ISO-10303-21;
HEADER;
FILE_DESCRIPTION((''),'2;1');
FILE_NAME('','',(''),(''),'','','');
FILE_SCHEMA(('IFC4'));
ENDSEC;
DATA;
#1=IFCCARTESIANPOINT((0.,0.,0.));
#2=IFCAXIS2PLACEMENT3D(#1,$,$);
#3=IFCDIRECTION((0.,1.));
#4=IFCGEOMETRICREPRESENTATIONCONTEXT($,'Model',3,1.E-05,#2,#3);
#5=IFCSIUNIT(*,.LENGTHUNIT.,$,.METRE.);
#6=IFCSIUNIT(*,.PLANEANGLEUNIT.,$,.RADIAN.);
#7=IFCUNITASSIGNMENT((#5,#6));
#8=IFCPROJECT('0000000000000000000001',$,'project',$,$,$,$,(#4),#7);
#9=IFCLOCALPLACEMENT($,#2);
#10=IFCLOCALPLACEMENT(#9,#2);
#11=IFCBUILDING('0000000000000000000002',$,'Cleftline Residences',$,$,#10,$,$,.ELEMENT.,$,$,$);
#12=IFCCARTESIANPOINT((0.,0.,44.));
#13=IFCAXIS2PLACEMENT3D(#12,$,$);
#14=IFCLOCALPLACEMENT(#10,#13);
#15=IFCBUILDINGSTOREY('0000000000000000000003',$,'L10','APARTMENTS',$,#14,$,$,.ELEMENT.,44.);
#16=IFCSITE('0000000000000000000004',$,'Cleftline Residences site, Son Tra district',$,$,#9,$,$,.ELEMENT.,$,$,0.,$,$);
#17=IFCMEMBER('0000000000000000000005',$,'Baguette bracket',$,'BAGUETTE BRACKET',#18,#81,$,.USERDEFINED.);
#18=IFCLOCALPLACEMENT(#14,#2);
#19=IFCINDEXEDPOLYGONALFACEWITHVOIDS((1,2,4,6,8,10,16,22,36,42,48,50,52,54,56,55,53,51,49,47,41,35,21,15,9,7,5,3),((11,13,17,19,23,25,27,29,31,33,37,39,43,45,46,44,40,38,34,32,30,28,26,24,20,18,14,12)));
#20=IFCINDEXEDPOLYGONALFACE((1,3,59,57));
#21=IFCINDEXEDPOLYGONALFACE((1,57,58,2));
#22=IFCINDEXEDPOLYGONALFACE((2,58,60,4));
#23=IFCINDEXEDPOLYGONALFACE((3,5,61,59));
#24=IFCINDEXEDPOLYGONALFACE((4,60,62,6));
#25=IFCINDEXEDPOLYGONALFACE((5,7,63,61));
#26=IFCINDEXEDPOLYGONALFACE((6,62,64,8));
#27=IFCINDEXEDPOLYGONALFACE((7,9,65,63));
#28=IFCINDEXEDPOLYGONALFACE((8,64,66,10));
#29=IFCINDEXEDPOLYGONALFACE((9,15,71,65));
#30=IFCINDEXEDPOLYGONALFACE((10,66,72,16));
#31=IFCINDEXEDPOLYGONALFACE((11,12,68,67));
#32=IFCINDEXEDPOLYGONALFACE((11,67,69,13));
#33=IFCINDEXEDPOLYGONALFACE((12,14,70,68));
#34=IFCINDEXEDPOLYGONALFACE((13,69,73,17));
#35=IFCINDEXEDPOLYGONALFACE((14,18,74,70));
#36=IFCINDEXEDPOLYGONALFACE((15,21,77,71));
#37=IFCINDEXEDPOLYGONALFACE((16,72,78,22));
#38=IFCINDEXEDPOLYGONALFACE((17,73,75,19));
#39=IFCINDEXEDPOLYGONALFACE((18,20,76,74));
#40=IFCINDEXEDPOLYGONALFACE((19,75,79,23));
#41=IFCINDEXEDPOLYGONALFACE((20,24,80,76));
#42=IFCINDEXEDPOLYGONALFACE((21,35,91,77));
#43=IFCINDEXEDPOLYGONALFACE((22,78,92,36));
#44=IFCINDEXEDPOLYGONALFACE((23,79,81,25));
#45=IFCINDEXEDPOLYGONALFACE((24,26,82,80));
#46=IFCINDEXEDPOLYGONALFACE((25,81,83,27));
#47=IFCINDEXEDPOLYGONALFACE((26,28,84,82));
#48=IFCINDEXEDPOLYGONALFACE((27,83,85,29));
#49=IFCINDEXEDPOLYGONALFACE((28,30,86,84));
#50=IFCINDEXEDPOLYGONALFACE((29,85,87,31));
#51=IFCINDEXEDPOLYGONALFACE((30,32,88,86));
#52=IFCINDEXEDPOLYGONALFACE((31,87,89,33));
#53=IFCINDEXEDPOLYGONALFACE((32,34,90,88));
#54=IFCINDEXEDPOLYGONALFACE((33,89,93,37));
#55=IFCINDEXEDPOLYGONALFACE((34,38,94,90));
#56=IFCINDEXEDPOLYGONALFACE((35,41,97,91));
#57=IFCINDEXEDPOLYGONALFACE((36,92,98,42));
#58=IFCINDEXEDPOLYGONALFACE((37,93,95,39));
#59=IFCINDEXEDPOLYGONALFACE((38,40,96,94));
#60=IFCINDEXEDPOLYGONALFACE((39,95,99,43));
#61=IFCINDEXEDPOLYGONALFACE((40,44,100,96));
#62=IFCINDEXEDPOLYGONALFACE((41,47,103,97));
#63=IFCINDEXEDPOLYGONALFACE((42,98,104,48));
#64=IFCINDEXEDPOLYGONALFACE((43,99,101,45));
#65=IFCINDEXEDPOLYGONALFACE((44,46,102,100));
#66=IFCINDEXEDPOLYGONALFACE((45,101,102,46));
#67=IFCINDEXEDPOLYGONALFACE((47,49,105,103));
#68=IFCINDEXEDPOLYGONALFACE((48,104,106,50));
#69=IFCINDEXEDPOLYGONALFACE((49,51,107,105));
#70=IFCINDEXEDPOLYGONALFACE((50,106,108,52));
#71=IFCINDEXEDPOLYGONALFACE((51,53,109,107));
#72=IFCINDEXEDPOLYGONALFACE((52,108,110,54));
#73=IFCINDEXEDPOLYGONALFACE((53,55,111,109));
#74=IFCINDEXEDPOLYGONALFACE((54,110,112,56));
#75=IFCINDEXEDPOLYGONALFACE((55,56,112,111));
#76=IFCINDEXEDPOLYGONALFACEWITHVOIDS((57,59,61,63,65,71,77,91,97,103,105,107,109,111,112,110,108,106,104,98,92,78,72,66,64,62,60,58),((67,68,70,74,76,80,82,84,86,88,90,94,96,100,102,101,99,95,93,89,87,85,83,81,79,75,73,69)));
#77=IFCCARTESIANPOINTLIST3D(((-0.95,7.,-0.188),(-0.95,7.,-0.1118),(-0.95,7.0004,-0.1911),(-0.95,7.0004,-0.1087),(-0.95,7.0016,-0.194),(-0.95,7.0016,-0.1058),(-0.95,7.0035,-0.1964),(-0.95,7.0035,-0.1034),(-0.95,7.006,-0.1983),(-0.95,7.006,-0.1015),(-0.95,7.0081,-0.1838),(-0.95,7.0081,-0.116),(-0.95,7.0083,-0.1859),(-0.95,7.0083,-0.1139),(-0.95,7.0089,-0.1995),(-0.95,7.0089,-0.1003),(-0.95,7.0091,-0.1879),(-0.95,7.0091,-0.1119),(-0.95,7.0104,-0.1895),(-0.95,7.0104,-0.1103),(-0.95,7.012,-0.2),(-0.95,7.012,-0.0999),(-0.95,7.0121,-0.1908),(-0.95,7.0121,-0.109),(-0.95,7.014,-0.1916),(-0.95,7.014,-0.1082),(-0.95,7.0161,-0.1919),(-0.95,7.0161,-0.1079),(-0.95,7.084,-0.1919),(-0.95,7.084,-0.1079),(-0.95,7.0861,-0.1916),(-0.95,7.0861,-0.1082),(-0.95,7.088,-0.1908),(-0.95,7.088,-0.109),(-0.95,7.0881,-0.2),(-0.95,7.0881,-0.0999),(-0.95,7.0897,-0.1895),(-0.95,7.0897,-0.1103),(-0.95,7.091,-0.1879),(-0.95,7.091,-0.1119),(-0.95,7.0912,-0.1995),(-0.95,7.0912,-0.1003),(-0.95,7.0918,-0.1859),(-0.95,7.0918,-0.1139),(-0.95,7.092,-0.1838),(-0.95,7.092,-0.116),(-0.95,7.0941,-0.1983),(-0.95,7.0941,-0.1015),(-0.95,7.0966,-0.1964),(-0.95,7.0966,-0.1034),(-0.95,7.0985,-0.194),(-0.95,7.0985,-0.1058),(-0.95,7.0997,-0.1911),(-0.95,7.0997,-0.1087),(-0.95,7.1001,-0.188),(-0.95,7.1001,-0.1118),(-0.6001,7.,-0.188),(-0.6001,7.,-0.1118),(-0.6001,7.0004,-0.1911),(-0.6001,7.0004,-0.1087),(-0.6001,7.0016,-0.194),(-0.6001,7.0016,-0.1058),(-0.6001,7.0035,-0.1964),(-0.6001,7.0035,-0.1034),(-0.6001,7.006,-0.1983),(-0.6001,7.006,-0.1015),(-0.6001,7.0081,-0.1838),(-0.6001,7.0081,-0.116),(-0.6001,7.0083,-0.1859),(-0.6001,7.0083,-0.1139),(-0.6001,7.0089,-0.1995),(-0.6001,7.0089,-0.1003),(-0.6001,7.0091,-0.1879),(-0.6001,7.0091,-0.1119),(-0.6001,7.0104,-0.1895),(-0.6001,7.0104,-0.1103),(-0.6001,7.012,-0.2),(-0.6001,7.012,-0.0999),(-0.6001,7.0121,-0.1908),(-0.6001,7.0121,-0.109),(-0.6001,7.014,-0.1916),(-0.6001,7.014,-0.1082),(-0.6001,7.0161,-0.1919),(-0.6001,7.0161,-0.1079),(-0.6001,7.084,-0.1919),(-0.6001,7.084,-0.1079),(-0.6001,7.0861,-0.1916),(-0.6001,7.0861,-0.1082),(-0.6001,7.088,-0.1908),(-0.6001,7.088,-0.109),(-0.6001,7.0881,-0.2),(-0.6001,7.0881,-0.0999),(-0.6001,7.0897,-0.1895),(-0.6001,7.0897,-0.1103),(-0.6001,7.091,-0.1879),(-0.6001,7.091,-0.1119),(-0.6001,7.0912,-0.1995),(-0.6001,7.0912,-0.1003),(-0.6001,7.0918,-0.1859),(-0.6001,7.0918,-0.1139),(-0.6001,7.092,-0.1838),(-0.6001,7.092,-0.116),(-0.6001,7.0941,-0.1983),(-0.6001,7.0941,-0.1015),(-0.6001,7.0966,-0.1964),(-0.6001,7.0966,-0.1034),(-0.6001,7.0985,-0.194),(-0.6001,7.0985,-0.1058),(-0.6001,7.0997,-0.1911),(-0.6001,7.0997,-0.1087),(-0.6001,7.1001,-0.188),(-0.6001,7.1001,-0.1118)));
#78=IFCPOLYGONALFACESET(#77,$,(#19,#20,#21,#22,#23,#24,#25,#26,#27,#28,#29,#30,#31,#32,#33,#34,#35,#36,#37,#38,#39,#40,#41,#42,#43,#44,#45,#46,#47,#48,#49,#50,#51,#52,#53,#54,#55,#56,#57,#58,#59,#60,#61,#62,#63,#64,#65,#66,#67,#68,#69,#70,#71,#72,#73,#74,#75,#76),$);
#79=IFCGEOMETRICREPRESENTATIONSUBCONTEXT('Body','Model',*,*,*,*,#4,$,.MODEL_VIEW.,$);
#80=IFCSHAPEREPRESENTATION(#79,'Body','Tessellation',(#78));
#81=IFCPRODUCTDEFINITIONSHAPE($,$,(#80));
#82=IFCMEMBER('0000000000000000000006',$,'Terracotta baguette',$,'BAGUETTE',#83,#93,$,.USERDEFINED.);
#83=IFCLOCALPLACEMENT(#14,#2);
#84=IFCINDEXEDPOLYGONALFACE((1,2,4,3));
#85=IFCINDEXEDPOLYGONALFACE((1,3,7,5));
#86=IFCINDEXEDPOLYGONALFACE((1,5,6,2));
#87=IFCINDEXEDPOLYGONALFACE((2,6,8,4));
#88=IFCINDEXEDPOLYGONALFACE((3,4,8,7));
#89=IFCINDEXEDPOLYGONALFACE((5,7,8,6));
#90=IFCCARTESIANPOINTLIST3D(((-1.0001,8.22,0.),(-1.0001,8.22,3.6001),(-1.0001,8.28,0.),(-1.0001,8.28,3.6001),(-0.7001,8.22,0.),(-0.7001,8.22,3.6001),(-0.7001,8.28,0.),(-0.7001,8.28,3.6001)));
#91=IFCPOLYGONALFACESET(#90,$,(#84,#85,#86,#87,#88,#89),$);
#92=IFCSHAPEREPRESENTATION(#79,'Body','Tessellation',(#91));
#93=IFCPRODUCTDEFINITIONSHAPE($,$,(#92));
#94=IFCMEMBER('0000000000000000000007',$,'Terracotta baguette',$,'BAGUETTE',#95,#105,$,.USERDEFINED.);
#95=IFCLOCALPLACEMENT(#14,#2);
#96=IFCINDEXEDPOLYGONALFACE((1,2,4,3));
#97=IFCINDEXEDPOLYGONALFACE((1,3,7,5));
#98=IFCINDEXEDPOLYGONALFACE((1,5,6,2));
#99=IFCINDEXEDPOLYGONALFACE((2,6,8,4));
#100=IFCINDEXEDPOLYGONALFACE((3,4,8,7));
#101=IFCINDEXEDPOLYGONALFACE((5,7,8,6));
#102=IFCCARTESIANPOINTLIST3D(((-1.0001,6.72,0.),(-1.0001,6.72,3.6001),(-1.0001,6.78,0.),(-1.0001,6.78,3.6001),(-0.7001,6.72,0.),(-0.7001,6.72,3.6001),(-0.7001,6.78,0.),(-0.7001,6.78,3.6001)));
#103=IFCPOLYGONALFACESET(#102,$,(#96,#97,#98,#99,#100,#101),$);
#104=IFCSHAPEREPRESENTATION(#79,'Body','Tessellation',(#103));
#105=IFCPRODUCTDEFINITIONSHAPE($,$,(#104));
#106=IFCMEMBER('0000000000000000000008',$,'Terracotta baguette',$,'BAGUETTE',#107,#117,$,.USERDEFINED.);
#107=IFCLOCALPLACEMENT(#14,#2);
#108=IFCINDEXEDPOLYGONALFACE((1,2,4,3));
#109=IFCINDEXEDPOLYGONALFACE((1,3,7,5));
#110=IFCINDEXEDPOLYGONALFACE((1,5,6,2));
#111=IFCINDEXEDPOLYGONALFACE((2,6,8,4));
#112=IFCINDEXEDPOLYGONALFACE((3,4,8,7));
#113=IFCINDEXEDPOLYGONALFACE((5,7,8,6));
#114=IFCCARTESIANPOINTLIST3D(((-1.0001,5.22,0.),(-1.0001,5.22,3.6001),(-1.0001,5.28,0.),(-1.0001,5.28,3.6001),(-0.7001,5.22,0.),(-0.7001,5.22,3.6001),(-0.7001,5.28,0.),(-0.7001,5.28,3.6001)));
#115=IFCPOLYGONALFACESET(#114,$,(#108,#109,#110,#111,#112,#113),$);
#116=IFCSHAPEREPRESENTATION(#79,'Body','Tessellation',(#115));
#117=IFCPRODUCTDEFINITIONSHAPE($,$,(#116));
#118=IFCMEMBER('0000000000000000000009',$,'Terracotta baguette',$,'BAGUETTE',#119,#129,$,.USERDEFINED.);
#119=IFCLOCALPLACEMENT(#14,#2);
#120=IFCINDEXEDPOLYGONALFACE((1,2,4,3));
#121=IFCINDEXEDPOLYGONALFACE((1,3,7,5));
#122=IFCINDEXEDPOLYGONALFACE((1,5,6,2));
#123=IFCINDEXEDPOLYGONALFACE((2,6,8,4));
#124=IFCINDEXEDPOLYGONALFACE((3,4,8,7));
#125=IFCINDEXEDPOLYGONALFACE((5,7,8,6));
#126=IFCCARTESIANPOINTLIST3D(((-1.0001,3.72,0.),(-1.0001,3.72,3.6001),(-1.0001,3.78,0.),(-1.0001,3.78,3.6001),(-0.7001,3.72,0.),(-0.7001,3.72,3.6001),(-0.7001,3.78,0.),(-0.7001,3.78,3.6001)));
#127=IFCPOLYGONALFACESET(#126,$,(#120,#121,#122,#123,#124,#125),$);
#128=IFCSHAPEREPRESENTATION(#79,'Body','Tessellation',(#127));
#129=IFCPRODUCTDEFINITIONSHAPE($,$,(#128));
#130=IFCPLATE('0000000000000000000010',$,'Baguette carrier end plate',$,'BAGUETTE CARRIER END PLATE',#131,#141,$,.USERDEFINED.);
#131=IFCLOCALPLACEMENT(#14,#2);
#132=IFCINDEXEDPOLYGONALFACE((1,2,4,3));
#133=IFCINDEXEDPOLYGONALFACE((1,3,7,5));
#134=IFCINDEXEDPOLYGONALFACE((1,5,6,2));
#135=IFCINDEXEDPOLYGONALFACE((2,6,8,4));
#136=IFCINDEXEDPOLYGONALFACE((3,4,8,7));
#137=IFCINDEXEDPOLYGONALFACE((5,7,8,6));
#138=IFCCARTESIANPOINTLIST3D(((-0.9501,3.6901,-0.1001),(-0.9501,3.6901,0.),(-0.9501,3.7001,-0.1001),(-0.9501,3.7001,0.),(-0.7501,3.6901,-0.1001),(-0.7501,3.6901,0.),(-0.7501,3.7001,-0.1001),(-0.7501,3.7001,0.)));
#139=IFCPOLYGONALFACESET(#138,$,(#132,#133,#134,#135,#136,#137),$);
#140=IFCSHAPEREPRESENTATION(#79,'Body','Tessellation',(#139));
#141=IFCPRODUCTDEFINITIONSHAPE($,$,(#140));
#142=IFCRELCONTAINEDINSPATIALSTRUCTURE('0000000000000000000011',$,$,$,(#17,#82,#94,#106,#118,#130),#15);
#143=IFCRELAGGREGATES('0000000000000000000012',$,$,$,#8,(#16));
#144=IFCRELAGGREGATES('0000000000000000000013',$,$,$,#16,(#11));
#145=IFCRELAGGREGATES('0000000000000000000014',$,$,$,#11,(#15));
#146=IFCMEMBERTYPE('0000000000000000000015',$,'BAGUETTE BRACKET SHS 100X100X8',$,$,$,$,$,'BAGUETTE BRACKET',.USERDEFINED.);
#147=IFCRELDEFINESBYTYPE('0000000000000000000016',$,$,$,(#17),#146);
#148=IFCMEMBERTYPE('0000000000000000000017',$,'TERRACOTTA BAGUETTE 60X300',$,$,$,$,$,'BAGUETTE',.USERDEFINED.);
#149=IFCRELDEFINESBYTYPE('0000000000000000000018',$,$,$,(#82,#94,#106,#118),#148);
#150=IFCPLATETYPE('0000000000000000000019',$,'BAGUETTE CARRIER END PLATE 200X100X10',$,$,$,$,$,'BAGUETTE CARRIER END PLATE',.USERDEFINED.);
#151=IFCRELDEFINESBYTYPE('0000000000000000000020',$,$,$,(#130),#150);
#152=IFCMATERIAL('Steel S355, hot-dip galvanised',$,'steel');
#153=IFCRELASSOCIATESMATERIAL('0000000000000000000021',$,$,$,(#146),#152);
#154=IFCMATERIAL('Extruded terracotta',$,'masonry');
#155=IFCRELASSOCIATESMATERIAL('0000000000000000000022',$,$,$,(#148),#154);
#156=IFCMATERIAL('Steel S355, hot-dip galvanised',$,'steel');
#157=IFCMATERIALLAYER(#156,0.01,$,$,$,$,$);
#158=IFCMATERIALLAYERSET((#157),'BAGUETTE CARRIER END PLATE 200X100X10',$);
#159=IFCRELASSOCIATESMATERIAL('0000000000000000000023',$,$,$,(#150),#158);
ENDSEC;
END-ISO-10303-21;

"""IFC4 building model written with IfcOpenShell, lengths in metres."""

from ifc_helpers import new_model, si_unit, direction, frame, origin, origin_2d, place, context, subcontext, project, spatial, rectangle, hollow_rectangle, extrude, material, layer, layer_set, material_profile, profile_set, type_object, element, save


model = new_model("IFC4")

# Units and contexts
model_context = context("Model", 3, precision=1e-05, world=origin(), true_north=direction((0.0, 1.0)))
body_context = subcontext(model_context, "Body", "Model", "MODEL_VIEW")
ifc_project = project(units=[si_unit("LENGTHUNIT", "METRE"), si_unit("PLANEANGLEUNIT", "RADIAN")], contexts=[model_context])

# Site, building, storey
site_placement = place(None, origin())
site = spatial("IfcSite", under=ifc_project, at=site_placement, Name="Cleftline Residences site, Son Tra district", CompositionType="ELEMENT", RefElevation=0.0)
building_placement = place(site_placement, origin())
building = spatial("IfcBuilding", under=site, at=building_placement, Name="Cleftline Residences", CompositionType="ELEMENT")
storey_placement = place(building_placement, frame((0.0, 0.0, 44.0)))
storey = spatial("IfcBuildingStorey", under=building, at=storey_placement, Name="L10", Description="APARTMENTS", CompositionType="ELEMENT", Elevation=44.0)

# Members
ifc_material_1 = material(Name="Steel S355, hot-dip galvanised", Category="steel")
ifc_material_profile_1 = material_profile(ifc_material_1, hollow_rectangle(XDim=0.1001, YDim=0.1001, WallThickness=0.0081, InnerFilletRadius=0.0081, OuterFilletRadius=0.012, at=origin_2d()))
ifc_profile_set_1 = profile_set([ifc_material_profile_1], Name="Steel S355, hot-dip galvanised")
member_type_1 = type_object("IfcMemberType", Name="BAGUETTE BRACKET SHS 100X100X8", ElementType="BAGUETTE BRACKET", PredefinedType="USERDEFINED", material=ifc_profile_set_1)
member_placement = place(storey_placement, frame((-0.6001, 7.05, -0.1499), z_axis=(-1.0, 0.0, 0.0), x_axis=(0.0, -1.0, 0.0)))
element("IfcMember", 1, at=member_placement, inside=storey, type_object=member_type_1, Name="Baguette bracket", ObjectType="BAGUETTE BRACKET", PredefinedType="USERDEFINED", context=body_context, shape_type="SweptSolid", body=[
    extrude(hollow_rectangle(XDim=0.1001, YDim=0.1001, WallThickness=0.0081, InnerFilletRadius=0.0081, OuterFilletRadius=0.012, at=origin_2d()), origin(), (0.0, 0.0, 1.0), 0.3499),
])
ifc_material_2 = material(Name="Extruded terracotta", Category="masonry")
ifc_material_profile_2 = material_profile(ifc_material_2, rectangle(XDim=0.0601, YDim=0.3, at=origin_2d()))
ifc_profile_set_2 = profile_set([ifc_material_profile_2], Name="Extruded terracotta")
member_type_2 = type_object("IfcMemberType", Name="TERRACOTTA BAGUETTE 60X300", ElementType="BAGUETTE", PredefinedType="USERDEFINED", material=ifc_profile_set_2)
for number, where, z_axis, x_axis, name in (
    (2, (-0.8501, 8.25, 0.0), (0.0, 0.0, 1.0), (0.0, 1.0, 0.0), "Terracotta baguette"),
    (3, (-0.8501, 6.75, 0.0), (0.0, 0.0, 1.0), (0.0, 1.0, 0.0), "Terracotta baguette"),
    (4, (-0.8501, 5.25, 0.0), (0.0, 0.0, 1.0), (0.0, 1.0, 0.0), "Terracotta baguette"),
    (5, (-0.8501, 3.75, 0.0), (0.0, 0.0, 1.0), (0.0, 1.0, 0.0), "Terracotta baguette"),
):
    element("IfcMember", number, at=place(storey_placement, frame(where, z_axis=z_axis, x_axis=x_axis)), inside=storey, type_object=member_type_2, Name=name, ObjectType="BAGUETTE", PredefinedType="USERDEFINED", context=body_context, shape_type="SweptSolid", body=[
        extrude(rectangle(XDim=0.0601, YDim=0.3, at=origin_2d()), origin(), (0.0, 0.0, 1.0), 3.6001),
    ])

# Plate
ifc_material_3 = material(Name="Steel S355, hot-dip galvanised", Category="steel")
ifc_layer_1 = layer(ifc_material_3, 0.01)
ifc_layer_set_1 = layer_set([ifc_layer_1], Name="BAGUETTE CARRIER END PLATE 200X100X10")
plate_type = type_object("IfcPlateType", Name="BAGUETTE CARRIER END PLATE 200X100X10", ElementType="BAGUETTE CARRIER END PLATE", PredefinedType="USERDEFINED", material=ifc_layer_set_1)
plate_placement = place(storey_placement, frame((-0.8501, 3.6951, -0.1001), z_axis=(0.0, 0.0, 1.0), x_axis=(-1.0, 0.0, 0.0)))
element("IfcPlate", 6, at=plate_placement, inside=storey, type_object=plate_type, Name="Baguette carrier end plate", ObjectType="BAGUETTE CARRIER END PLATE", PredefinedType="USERDEFINED", context=body_context, shape_type="SweptSolid", body=[
    extrude(rectangle(XDim=0.2, YDim=0.01, at=origin_2d()), origin(), (0.0, 0.0, 1.0), 0.1001),
])

save(model, "model.ifc")
